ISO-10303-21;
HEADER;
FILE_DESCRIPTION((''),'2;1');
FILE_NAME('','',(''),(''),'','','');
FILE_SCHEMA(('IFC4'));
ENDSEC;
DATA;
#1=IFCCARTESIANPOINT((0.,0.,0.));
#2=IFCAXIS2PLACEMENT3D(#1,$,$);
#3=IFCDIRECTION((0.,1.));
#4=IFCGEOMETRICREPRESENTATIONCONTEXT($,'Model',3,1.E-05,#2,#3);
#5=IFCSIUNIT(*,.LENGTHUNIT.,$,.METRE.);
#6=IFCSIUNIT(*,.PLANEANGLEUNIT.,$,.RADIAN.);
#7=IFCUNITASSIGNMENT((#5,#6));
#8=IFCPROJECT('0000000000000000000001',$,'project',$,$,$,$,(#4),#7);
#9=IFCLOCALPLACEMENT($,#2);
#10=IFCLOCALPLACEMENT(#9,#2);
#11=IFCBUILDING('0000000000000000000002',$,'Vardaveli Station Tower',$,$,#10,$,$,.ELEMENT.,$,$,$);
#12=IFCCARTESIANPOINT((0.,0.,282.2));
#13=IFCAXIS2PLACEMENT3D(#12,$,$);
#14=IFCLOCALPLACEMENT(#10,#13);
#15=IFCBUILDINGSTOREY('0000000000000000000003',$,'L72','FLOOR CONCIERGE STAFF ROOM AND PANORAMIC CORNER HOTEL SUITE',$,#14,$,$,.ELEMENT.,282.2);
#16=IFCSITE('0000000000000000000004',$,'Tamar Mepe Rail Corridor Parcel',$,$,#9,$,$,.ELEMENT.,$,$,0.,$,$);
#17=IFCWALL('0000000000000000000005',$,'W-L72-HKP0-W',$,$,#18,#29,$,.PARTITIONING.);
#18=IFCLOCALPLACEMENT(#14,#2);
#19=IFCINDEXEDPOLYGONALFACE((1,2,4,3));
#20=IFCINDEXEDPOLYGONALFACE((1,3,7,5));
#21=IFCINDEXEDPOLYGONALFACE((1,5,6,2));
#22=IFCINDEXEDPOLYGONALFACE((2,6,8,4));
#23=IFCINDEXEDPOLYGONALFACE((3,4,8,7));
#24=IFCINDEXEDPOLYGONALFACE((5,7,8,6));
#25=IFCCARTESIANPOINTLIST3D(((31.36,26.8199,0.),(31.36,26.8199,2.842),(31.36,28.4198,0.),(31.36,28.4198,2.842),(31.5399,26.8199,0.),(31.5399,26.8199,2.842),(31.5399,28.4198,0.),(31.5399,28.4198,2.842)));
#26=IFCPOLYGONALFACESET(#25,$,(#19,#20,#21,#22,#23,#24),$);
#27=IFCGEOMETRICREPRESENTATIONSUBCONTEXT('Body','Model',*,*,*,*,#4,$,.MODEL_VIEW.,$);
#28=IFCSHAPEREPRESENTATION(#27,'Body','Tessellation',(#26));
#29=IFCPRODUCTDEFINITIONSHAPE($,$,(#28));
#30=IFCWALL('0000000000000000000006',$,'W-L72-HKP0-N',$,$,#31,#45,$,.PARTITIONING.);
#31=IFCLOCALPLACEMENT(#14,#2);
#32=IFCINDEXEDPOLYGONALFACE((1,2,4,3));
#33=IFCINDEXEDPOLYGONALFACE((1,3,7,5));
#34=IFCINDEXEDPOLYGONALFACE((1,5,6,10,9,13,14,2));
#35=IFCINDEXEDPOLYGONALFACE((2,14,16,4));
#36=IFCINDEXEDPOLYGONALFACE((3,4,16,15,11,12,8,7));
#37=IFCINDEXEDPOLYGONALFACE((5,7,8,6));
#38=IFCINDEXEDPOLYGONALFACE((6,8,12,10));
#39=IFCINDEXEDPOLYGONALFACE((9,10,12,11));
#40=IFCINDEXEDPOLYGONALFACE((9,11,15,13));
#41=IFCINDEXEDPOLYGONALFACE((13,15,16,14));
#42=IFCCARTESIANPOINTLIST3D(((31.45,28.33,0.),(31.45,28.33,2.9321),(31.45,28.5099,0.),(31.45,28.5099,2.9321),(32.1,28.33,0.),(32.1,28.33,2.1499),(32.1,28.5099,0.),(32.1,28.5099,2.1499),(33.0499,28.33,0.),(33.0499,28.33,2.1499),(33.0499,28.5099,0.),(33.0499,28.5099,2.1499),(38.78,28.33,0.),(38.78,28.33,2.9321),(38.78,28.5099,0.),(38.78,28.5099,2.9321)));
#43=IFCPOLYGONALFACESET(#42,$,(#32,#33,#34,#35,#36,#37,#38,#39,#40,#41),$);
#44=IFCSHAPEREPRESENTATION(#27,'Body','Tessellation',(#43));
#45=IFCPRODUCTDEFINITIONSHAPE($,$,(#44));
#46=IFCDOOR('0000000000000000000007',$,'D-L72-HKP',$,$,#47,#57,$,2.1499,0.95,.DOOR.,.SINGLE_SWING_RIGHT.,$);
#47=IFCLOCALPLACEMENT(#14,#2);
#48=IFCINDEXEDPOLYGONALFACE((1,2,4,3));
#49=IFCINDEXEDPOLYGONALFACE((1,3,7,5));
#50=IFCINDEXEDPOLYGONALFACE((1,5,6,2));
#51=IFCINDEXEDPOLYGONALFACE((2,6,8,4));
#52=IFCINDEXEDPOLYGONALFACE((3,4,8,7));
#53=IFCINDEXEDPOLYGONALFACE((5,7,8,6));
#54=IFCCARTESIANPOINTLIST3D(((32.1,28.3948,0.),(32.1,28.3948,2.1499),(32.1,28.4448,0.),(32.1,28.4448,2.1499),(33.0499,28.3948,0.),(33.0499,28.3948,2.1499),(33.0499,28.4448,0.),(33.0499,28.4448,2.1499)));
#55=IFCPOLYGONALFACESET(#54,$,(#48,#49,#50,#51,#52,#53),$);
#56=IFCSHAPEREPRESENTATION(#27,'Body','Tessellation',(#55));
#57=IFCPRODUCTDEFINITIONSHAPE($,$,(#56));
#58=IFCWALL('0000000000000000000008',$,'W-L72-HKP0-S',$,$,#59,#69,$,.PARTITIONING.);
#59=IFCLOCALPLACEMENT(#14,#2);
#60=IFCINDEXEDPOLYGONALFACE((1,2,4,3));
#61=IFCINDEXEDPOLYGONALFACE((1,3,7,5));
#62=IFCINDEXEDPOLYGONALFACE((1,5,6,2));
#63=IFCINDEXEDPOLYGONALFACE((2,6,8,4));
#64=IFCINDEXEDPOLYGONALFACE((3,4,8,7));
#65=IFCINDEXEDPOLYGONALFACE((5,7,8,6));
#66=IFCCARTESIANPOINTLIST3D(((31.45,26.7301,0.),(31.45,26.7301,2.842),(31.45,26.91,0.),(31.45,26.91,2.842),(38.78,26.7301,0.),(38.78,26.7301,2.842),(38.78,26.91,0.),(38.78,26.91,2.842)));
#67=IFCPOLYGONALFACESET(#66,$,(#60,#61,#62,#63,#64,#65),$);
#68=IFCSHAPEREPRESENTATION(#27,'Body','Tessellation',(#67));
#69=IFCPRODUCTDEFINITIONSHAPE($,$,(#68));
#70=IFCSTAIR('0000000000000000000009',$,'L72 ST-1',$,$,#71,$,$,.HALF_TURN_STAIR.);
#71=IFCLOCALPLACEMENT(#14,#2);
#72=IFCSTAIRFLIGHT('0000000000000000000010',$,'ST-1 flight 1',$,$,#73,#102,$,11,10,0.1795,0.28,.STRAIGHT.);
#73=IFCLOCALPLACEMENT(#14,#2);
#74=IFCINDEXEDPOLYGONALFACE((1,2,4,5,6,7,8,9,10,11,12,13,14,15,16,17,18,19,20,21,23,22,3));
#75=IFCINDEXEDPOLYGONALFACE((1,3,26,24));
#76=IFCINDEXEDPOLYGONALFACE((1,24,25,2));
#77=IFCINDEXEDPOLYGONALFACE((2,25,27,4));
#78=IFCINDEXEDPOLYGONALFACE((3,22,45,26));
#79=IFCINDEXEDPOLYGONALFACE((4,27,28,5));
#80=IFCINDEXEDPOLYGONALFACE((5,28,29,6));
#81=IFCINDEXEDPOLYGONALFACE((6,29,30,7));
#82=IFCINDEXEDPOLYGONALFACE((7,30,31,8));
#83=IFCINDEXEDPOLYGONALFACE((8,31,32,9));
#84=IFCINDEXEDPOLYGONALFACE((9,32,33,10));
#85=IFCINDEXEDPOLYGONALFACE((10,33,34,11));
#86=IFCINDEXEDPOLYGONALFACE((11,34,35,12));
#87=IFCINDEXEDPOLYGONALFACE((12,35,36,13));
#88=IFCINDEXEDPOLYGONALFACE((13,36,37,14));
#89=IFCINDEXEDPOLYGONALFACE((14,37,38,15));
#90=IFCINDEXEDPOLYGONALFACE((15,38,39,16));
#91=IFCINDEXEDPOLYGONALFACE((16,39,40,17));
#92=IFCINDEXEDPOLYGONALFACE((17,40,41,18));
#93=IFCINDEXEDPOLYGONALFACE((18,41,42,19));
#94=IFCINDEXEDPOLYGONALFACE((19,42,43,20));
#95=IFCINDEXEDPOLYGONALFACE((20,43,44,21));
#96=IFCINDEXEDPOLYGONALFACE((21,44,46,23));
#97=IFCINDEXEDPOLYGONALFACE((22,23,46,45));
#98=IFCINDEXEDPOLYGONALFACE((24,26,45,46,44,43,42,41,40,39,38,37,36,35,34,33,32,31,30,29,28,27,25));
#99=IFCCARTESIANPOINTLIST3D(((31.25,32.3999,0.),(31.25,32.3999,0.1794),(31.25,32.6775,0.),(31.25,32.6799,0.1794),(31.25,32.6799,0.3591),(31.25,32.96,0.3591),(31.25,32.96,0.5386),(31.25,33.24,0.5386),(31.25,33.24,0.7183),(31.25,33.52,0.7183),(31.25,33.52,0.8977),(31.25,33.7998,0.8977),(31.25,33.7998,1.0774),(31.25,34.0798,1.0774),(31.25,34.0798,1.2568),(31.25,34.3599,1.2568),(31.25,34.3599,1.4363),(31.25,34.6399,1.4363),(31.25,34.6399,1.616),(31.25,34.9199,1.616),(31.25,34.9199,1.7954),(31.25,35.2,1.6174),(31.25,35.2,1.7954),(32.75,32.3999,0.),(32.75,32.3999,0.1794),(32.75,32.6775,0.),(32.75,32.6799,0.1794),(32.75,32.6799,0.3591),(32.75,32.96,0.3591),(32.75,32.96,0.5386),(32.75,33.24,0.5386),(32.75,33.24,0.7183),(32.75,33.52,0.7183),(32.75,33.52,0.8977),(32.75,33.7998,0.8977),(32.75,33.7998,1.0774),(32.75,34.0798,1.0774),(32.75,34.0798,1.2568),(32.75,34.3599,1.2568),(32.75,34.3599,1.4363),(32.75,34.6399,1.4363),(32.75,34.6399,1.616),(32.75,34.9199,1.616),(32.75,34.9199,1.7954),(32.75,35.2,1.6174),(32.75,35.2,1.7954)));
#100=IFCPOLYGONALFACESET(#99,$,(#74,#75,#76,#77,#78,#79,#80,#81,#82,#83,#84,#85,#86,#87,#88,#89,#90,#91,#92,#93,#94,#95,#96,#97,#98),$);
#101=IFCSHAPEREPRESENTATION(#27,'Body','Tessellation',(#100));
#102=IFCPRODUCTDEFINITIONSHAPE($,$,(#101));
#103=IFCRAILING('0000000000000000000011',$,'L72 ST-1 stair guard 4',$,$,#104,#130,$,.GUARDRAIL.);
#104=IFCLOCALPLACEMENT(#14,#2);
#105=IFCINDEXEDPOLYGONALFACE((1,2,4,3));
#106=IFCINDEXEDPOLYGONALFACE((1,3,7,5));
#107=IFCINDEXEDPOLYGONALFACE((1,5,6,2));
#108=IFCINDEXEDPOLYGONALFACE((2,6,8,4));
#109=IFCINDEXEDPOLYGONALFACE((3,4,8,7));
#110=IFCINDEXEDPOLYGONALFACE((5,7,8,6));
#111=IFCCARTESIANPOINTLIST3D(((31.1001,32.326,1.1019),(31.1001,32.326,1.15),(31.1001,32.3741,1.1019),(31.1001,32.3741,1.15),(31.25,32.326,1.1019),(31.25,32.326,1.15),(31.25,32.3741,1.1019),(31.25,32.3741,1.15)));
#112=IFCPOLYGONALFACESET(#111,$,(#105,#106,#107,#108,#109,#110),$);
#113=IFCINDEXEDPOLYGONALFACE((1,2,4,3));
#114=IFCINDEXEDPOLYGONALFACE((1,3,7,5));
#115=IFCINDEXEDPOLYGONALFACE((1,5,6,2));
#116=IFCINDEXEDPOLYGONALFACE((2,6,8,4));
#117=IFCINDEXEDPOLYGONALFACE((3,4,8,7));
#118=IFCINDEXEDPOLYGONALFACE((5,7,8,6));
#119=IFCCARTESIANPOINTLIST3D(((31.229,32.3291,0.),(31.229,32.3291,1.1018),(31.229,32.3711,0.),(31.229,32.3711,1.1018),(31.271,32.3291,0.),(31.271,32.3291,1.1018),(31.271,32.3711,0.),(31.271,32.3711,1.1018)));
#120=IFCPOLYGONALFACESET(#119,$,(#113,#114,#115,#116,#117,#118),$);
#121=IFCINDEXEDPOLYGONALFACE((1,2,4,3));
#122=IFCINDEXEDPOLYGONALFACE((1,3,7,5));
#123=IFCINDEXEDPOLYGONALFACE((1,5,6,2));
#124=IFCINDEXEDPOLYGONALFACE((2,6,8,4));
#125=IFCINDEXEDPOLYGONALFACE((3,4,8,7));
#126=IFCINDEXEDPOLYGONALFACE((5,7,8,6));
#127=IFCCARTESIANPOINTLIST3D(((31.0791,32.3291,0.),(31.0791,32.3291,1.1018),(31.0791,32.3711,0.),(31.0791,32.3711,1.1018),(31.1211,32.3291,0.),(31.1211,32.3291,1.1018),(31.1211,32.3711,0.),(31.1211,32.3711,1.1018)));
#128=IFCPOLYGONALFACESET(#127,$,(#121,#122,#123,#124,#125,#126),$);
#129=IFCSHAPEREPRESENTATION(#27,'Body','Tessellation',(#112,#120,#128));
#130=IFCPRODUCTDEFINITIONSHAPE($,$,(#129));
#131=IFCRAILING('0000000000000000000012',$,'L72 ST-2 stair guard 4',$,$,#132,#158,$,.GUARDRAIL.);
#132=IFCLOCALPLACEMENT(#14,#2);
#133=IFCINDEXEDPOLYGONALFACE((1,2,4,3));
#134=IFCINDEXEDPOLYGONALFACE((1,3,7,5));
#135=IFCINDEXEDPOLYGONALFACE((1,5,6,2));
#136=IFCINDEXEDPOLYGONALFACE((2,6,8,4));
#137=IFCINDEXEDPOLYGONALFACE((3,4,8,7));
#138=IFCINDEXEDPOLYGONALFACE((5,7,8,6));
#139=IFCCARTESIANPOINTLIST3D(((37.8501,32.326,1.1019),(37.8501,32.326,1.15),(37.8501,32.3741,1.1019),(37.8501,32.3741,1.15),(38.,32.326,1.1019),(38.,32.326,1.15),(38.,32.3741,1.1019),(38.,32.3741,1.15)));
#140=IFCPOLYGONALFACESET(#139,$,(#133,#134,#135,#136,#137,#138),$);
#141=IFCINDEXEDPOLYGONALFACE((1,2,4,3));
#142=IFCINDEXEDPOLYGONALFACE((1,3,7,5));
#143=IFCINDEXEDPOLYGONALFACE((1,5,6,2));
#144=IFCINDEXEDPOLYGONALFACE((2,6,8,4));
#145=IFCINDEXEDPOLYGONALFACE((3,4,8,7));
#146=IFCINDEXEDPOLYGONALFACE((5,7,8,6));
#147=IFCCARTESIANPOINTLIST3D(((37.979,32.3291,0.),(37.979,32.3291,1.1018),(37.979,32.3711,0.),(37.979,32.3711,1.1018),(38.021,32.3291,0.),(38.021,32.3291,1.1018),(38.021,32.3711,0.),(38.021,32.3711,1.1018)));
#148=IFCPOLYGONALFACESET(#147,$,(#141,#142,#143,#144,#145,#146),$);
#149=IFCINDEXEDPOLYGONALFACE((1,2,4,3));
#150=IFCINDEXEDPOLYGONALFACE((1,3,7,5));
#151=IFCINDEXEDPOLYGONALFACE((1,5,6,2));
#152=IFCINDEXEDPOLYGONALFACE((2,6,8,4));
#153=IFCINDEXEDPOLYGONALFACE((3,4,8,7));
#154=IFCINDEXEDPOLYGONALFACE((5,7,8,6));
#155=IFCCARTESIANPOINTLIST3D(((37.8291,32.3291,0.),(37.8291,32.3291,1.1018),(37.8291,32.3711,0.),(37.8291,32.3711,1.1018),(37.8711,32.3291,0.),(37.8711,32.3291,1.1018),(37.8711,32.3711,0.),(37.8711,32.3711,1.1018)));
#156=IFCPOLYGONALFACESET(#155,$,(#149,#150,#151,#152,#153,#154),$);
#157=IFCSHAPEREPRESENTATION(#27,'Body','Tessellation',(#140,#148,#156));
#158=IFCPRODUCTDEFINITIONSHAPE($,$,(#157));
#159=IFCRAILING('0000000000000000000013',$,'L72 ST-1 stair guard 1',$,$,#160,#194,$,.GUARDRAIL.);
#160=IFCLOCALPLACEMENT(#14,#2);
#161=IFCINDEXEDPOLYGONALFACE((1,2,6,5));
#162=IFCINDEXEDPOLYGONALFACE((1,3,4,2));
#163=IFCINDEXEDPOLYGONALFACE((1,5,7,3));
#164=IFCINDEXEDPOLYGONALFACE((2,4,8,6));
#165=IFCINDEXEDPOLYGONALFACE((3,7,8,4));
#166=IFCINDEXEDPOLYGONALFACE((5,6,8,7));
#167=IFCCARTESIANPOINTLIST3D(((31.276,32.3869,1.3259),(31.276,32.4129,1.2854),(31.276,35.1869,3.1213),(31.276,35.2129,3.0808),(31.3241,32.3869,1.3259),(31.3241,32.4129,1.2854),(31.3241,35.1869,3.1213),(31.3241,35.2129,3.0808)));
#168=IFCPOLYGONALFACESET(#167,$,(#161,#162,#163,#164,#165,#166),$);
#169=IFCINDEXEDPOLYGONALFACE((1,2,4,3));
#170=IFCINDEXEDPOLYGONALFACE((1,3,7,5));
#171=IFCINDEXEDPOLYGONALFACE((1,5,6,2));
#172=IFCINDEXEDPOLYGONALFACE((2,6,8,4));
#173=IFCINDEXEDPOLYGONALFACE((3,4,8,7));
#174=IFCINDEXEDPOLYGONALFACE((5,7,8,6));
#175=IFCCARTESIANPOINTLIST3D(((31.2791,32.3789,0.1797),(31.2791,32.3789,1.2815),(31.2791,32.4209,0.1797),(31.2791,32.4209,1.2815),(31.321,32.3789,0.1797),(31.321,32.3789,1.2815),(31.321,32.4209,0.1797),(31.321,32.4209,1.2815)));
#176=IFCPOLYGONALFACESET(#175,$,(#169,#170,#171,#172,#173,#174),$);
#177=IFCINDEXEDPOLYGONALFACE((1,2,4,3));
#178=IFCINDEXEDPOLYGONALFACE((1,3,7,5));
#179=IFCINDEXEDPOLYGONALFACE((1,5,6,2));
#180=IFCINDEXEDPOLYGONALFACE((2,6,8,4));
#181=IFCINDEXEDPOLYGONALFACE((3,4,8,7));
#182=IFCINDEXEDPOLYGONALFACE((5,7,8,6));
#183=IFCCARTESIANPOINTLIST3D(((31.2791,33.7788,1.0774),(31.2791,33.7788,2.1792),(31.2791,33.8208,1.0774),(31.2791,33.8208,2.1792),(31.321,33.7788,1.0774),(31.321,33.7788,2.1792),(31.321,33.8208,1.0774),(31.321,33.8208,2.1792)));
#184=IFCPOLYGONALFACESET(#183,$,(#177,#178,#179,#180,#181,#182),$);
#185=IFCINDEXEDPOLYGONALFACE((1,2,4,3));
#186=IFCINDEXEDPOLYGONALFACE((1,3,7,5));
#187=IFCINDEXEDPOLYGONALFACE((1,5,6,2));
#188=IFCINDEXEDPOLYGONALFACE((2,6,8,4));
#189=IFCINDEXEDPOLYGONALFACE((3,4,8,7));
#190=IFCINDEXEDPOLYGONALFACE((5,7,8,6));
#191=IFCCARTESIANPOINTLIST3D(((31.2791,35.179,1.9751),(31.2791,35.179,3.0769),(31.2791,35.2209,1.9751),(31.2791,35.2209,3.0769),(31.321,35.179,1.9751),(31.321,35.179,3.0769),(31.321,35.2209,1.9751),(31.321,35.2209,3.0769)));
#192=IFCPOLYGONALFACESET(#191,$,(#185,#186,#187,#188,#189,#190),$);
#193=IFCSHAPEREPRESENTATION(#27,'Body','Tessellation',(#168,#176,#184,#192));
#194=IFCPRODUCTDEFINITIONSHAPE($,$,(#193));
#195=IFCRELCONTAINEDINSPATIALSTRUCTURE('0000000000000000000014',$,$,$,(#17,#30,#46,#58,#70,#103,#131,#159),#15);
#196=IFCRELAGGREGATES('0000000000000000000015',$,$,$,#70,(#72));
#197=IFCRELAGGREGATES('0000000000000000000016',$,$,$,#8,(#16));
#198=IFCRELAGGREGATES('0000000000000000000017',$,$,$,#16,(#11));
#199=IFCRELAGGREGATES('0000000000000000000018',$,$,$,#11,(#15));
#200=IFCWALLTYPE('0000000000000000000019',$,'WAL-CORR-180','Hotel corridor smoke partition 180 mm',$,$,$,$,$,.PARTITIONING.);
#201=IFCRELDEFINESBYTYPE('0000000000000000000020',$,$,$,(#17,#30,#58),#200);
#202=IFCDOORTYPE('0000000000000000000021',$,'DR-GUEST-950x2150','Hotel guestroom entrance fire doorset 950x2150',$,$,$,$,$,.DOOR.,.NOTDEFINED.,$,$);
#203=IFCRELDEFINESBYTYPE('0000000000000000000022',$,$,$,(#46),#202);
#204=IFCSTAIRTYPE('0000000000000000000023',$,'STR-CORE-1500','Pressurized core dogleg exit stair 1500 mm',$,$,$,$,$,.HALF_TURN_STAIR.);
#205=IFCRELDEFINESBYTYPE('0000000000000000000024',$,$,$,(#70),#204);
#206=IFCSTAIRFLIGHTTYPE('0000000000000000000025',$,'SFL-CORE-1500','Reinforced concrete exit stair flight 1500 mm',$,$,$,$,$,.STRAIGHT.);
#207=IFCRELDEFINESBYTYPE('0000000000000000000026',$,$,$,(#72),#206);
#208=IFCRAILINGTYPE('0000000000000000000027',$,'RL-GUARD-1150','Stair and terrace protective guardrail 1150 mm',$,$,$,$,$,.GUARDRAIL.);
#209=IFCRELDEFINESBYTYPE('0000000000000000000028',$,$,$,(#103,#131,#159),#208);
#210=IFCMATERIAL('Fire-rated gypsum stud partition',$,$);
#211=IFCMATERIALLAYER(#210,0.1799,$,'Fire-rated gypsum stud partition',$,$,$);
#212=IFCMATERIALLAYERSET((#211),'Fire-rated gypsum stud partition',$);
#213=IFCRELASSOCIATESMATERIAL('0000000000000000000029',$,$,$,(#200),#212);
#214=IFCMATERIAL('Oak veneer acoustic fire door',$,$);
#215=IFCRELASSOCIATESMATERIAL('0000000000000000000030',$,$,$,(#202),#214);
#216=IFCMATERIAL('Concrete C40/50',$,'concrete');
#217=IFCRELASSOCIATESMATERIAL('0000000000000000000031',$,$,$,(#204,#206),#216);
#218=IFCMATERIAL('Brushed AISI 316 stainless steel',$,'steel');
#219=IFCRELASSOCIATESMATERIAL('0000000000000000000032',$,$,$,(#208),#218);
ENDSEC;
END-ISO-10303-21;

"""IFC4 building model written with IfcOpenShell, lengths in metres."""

from ifc_helpers import new_model, si_unit, direction, frame, frame_2d, origin, origin_2d, place, context, subcontext, project, spatial, polyline, rectangle, outline, extrude, source, transform, mapped, material, layer, layer_set, type_object, element, fill, aggregate, save


model = new_model("IFC4")

# Units and contexts
model_context = context("Model", 3, precision=1e-05, world=origin(), true_north=direction((0.0, 1.0)))
body_context = subcontext(model_context, "Body", "Model", "MODEL_VIEW")
ifc_project = project(units=[si_unit("LENGTHUNIT", "METRE"), si_unit("PLANEANGLEUNIT", "RADIAN")], contexts=[model_context])

# Site, building, storey
site_placement = place(None, origin())
site = spatial("IfcSite", under=ifc_project, at=site_placement, Name="Tamar Mepe Rail Corridor Parcel", CompositionType="ELEMENT", RefElevation=0.0)
building_placement = place(site_placement, origin())
building = spatial("IfcBuilding", under=site, at=building_placement, Name="Vardaveli Station Tower", CompositionType="ELEMENT")
storey_placement = place(building_placement, frame((0.0, 0.0, 282.2)))
storey = spatial("IfcBuildingStorey", under=building, at=storey_placement, Name="L72", Description="FLOOR CONCIERGE STAFF ROOM AND PANORAMIC CORNER HOTEL SUITE", CompositionType="ELEMENT", Elevation=282.2)

# Shared definitions
ifc_material_1 = material(Name="Concrete C40/50", Category="concrete")

# Wall
ifc_material_2 = material(Name="Fire-rated gypsum stud partition")
ifc_layer_1 = layer(ifc_material_2, 0.1799, Name="Fire-rated gypsum stud partition")
ifc_layer_set_1 = layer_set([ifc_layer_1], Name="Fire-rated gypsum stud partition")
wall_type_1 = type_object("IfcWallType", Name="WAL-CORR-180", Description="Hotel corridor smoke partition 180 mm", PredefinedType="PARTITIONING", material=ifc_layer_set_1)
shared_shape_1 = source(origin(), body_context, "Body", "SweptSolid", [
    extrude(rectangle(XDim=1.5999, YDim=0.1799, at=frame_2d((0.7998, 0.0))), origin(), (0.0, 0.0, 1.0), 2.842),
])
wall_1_placement = place(storey_placement, frame((31.45, 26.8201, 0.0), z_axis=(0.0, 0.0, 1.0), x_axis=(0.0, 1.0, 0.0)))
element("IfcWall", 1, at=wall_1_placement, inside=storey, type_object=wall_type_1, Name="W-L72-HKP0-W", PredefinedType="PARTITIONING", context=body_context, shape_type="MappedRepresentation", body=[
    mapped(shared_shape_1, transform((0.0, 0.0, 0.0), scale=1.0)),
])

# Wall, opening, door
shared_shape_2 = source(origin(), body_context, "Body", "SweptSolid", [
    extrude(rectangle(XDim=7.3301, YDim=0.1799, at=frame_2d((3.665, 0.0))), origin(), (0.0, 0.0, 1.0), 2.9321),
])
wall_2_placement = place(storey_placement, frame((31.45, 28.4199, 0.0), z_axis=(0.0, 0.0, 1.0), x_axis=(1.0, 0.0, 0.0)))
wall_2 = element("IfcWall", 2, at=wall_2_placement, inside=storey, type_object=wall_type_1, Name="W-L72-HKP0-N", PredefinedType="PARTITIONING", context=body_context, shape_type="MappedRepresentation", body=[
    mapped(shared_shape_2, transform((0.0, 0.0, 0.0), scale=1.0)),
])
shared_shape_3 = source(origin(), body_context, "Body", "SweptSolid", [
    extrude(rectangle(XDim=0.95, YDim=2.1499, at=frame_2d((0.4751, 1.075))), frame((0.0, 0.1001, 0.0), z_axis=(0.0, -1.0, 0.0), x_axis=(1.0, 0.0, 0.0)), (0.0, 0.0, 1.0), 0.2),
])
opening_1_placement = place(wall_2_placement, frame((0.6499, 0.0, 0.0)))
opening_1 = element("IfcOpeningElement", 3, at=opening_1_placement, cuts=wall_2, PredefinedType="OPENING", context=body_context, shape_type="MappedRepresentation", body=[
    mapped(shared_shape_3, transform((0.0, 0.0, 0.0), scale=1.0)),
])
ifc_material_3 = material(Name="Oak veneer acoustic fire door")
door_type_1 = type_object("IfcDoorType", Name="DR-GUEST-950x2150", Description="Hotel guestroom entrance fire doorset 950x2150", OperationType="NOTDEFINED", PredefinedType="DOOR", material=ifc_material_3)
shared_shape_4 = source(origin(), body_context, "Body", "SweptSolid", [
    extrude(rectangle(XDim=0.95, YDim=2.1499, at=frame_2d((0.4751, 1.075))), frame((0.0, 0.0249, 0.0), z_axis=(0.0, -1.0, 0.0), x_axis=(1.0, 0.0, 0.0)), (0.0, 0.0, 1.0), 0.05),
])
door_1_placement = place(opening_1_placement, origin())
door_1 = element("IfcDoor", 4, at=door_1_placement, inside=storey, type_object=door_type_1, Name="D-L72-HKP", OperationType="SINGLE_SWING_RIGHT", OverallHeight=2.1499, OverallWidth=0.95, PredefinedType="DOOR", context=body_context, shape_type="MappedRepresentation", body=[
    mapped(shared_shape_4, transform((0.0, 0.0, 0.0), scale=1.0)),
])
fill(opening_1, door_1)

# Wall
shared_shape_5 = source(origin(), body_context, "Body", "SweptSolid", [
    extrude(rectangle(XDim=7.3301, YDim=0.1799, at=frame_2d((3.665, 0.0))), origin(), (0.0, 0.0, 1.0), 2.842),
])
wall_3_placement = place(storey_placement, frame((31.45, 26.8201, 0.0), z_axis=(0.0, 0.0, 1.0), x_axis=(1.0, 0.0, 0.0)))
element("IfcWall", 5, at=wall_3_placement, inside=storey, type_object=wall_type_1, Name="W-L72-HKP0-S", PredefinedType="PARTITIONING", context=body_context, shape_type="MappedRepresentation", body=[
    mapped(shared_shape_5, transform((0.0, 0.0, 0.0), scale=1.0)),
])

# Stair, stair flight
stair_type = type_object("IfcStairType", Name="STR-CORE-1500", Description="Pressurized core dogleg exit stair 1500 mm", PredefinedType="HALF_TURN_STAIR", material=ifc_material_1)
stair_placement = place(storey_placement, origin())
stair = element("IfcStair", 6, at=stair_placement, inside=storey, type_object=stair_type, Name="L72 ST-1", PredefinedType="HALF_TURN_STAIR")
stair_flight_type = type_object("IfcStairFlightType", Name="SFL-CORE-1500", Description="Reinforced concrete exit stair flight 1500 mm", PredefinedType="STRAIGHT", material=ifc_material_1)
shared_shape_6 = source(origin(), body_context, "Body", "SweptSolid", [
    extrude(outline(polyline([(0.0, 0.0), (0.0, 0.1794), (0.28, 0.1794), (0.28, 0.3591), (0.5601, 0.3591), (0.5601, 0.5386), (0.8401, 0.5386), (0.8401, 0.7183), (1.1201, 0.7183), (1.1201, 0.8977), (1.3999, 0.8977), (1.3999, 1.0774), (1.6799, 1.0774), (1.6799, 1.2568), (1.96, 1.2568), (1.96, 1.4363), (2.24, 1.4363), (2.24, 1.616), (2.52, 1.616), (2.52, 1.7954), (2.8, 1.7954), (2.8, 1.9751), (2.8, 1.6174), (0.2776, 0.0), (0.0, 0.0)])), frame((0.0, 0.75, 0.0), z_axis=(0.0, -1.0, 0.0), x_axis=(1.0, 0.0, 0.0)), (0.0, 0.0, 1.0), 1.5),
])
stair_flight_placement = place(storey_placement, frame((32.0, 32.3999, 0.0), z_axis=(0.0, 0.0, 1.0), x_axis=(0.0, 1.0, 0.0)))
stair_flight = element("IfcStairFlight", 7, at=stair_flight_placement, type_object=stair_flight_type, Name="ST-1 flight 1", NumberOfRisers=11, NumberOfTreads=10, PredefinedType="STRAIGHT", RiserHeight=0.1795, TreadLength=0.28, context=body_context, shape_type="MappedRepresentation", body=[
    mapped(shared_shape_6, transform((0.0, 0.0, 0.0), scale=1.0)),
])
aggregate(stair, [stair_flight])

# Railings
ifc_material_4 = material(Name="Brushed AISI 316 stainless steel", Category="steel")
railing_type_1 = type_object("IfcRailingType", Name="RL-GUARD-1150", Description="Stair and terrace protective guardrail 1150 mm", PredefinedType="GUARDRAIL", material=ifc_material_4)
shared_shape_7 = source(origin(), body_context, "Body", "SweptSolid", [
    extrude(rectangle(XDim=0.0481, YDim=0.0481, at=origin_2d()), frame((0.0, 0.0, 1.126), z_axis=(-1.0, 0.0, 0.0), x_axis=(0.0, -1.0, 0.0)), (0.0, 0.0, 1.0), 0.1499),
    extrude(rectangle(XDim=0.042, YDim=0.042, at=origin_2d()), origin(), (0.0, 0.0, 1.0), 1.1018),
    extrude(rectangle(XDim=0.042, YDim=0.042, at=origin_2d()), frame((-0.1499, 0.0, 0.0)), (0.0, 0.0, 1.0), 1.1018),
])
for number, where, name in (
    (8, (31.25, 32.3501, 0.0), "L72 ST-1 stair guard 4"),
    (9, (38.0, 32.3501, 0.0), "L72 ST-2 stair guard 4"),
):
    element("IfcRailing", number, at=place(storey_placement, frame(where)), inside=storey, type_object=railing_type_1, Name=name, PredefinedType="GUARDRAIL", context=body_context, shape_type="MappedRepresentation", body=[
        mapped(shared_shape_7, transform((0.0, 0.0, 0.0), scale=1.0)),
    ])
shared_shape_8 = source(origin(), body_context, "Body", "SweptSolid", [
    extrude(rectangle(XDim=0.0481, YDim=0.0481, at=origin_2d()), frame((0.0, 0.0, 1.126), z_axis=(0.0, 0.84181, 0.539774), x_axis=(-1.0, 0.0, 0.0)), (0.0, 0.0, 1.0), 3.3262),
    extrude(rectangle(XDim=0.042, YDim=0.042, at=origin_2d()), origin(), (0.0, 0.0, 1.0), 1.1018),
    extrude(rectangle(XDim=0.042, YDim=0.042, at=origin_2d()), frame((0.0, 1.3999, 0.8977)), (0.0, 0.0, 1.0), 1.1018),
    extrude(rectangle(XDim=0.042, YDim=0.042, at=origin_2d()), frame((0.0, 2.8, 1.7954)), (0.0, 0.0, 1.0), 1.1018),
])
for number, where, name in (
    (10, (31.3, 32.3999, 0.1797), "L72 ST-1 stair guard 1"),
):
    element("IfcRailing", number, at=place(storey_placement, frame(where)), inside=storey, type_object=railing_type_1, Name=name, PredefinedType="GUARDRAIL", context=body_context, shape_type="MappedRepresentation", body=[
        mapped(shared_shape_8, transform((0.0, 0.0, 0.0), scale=1.0)),
    ])

save(model, "model.ifc")
